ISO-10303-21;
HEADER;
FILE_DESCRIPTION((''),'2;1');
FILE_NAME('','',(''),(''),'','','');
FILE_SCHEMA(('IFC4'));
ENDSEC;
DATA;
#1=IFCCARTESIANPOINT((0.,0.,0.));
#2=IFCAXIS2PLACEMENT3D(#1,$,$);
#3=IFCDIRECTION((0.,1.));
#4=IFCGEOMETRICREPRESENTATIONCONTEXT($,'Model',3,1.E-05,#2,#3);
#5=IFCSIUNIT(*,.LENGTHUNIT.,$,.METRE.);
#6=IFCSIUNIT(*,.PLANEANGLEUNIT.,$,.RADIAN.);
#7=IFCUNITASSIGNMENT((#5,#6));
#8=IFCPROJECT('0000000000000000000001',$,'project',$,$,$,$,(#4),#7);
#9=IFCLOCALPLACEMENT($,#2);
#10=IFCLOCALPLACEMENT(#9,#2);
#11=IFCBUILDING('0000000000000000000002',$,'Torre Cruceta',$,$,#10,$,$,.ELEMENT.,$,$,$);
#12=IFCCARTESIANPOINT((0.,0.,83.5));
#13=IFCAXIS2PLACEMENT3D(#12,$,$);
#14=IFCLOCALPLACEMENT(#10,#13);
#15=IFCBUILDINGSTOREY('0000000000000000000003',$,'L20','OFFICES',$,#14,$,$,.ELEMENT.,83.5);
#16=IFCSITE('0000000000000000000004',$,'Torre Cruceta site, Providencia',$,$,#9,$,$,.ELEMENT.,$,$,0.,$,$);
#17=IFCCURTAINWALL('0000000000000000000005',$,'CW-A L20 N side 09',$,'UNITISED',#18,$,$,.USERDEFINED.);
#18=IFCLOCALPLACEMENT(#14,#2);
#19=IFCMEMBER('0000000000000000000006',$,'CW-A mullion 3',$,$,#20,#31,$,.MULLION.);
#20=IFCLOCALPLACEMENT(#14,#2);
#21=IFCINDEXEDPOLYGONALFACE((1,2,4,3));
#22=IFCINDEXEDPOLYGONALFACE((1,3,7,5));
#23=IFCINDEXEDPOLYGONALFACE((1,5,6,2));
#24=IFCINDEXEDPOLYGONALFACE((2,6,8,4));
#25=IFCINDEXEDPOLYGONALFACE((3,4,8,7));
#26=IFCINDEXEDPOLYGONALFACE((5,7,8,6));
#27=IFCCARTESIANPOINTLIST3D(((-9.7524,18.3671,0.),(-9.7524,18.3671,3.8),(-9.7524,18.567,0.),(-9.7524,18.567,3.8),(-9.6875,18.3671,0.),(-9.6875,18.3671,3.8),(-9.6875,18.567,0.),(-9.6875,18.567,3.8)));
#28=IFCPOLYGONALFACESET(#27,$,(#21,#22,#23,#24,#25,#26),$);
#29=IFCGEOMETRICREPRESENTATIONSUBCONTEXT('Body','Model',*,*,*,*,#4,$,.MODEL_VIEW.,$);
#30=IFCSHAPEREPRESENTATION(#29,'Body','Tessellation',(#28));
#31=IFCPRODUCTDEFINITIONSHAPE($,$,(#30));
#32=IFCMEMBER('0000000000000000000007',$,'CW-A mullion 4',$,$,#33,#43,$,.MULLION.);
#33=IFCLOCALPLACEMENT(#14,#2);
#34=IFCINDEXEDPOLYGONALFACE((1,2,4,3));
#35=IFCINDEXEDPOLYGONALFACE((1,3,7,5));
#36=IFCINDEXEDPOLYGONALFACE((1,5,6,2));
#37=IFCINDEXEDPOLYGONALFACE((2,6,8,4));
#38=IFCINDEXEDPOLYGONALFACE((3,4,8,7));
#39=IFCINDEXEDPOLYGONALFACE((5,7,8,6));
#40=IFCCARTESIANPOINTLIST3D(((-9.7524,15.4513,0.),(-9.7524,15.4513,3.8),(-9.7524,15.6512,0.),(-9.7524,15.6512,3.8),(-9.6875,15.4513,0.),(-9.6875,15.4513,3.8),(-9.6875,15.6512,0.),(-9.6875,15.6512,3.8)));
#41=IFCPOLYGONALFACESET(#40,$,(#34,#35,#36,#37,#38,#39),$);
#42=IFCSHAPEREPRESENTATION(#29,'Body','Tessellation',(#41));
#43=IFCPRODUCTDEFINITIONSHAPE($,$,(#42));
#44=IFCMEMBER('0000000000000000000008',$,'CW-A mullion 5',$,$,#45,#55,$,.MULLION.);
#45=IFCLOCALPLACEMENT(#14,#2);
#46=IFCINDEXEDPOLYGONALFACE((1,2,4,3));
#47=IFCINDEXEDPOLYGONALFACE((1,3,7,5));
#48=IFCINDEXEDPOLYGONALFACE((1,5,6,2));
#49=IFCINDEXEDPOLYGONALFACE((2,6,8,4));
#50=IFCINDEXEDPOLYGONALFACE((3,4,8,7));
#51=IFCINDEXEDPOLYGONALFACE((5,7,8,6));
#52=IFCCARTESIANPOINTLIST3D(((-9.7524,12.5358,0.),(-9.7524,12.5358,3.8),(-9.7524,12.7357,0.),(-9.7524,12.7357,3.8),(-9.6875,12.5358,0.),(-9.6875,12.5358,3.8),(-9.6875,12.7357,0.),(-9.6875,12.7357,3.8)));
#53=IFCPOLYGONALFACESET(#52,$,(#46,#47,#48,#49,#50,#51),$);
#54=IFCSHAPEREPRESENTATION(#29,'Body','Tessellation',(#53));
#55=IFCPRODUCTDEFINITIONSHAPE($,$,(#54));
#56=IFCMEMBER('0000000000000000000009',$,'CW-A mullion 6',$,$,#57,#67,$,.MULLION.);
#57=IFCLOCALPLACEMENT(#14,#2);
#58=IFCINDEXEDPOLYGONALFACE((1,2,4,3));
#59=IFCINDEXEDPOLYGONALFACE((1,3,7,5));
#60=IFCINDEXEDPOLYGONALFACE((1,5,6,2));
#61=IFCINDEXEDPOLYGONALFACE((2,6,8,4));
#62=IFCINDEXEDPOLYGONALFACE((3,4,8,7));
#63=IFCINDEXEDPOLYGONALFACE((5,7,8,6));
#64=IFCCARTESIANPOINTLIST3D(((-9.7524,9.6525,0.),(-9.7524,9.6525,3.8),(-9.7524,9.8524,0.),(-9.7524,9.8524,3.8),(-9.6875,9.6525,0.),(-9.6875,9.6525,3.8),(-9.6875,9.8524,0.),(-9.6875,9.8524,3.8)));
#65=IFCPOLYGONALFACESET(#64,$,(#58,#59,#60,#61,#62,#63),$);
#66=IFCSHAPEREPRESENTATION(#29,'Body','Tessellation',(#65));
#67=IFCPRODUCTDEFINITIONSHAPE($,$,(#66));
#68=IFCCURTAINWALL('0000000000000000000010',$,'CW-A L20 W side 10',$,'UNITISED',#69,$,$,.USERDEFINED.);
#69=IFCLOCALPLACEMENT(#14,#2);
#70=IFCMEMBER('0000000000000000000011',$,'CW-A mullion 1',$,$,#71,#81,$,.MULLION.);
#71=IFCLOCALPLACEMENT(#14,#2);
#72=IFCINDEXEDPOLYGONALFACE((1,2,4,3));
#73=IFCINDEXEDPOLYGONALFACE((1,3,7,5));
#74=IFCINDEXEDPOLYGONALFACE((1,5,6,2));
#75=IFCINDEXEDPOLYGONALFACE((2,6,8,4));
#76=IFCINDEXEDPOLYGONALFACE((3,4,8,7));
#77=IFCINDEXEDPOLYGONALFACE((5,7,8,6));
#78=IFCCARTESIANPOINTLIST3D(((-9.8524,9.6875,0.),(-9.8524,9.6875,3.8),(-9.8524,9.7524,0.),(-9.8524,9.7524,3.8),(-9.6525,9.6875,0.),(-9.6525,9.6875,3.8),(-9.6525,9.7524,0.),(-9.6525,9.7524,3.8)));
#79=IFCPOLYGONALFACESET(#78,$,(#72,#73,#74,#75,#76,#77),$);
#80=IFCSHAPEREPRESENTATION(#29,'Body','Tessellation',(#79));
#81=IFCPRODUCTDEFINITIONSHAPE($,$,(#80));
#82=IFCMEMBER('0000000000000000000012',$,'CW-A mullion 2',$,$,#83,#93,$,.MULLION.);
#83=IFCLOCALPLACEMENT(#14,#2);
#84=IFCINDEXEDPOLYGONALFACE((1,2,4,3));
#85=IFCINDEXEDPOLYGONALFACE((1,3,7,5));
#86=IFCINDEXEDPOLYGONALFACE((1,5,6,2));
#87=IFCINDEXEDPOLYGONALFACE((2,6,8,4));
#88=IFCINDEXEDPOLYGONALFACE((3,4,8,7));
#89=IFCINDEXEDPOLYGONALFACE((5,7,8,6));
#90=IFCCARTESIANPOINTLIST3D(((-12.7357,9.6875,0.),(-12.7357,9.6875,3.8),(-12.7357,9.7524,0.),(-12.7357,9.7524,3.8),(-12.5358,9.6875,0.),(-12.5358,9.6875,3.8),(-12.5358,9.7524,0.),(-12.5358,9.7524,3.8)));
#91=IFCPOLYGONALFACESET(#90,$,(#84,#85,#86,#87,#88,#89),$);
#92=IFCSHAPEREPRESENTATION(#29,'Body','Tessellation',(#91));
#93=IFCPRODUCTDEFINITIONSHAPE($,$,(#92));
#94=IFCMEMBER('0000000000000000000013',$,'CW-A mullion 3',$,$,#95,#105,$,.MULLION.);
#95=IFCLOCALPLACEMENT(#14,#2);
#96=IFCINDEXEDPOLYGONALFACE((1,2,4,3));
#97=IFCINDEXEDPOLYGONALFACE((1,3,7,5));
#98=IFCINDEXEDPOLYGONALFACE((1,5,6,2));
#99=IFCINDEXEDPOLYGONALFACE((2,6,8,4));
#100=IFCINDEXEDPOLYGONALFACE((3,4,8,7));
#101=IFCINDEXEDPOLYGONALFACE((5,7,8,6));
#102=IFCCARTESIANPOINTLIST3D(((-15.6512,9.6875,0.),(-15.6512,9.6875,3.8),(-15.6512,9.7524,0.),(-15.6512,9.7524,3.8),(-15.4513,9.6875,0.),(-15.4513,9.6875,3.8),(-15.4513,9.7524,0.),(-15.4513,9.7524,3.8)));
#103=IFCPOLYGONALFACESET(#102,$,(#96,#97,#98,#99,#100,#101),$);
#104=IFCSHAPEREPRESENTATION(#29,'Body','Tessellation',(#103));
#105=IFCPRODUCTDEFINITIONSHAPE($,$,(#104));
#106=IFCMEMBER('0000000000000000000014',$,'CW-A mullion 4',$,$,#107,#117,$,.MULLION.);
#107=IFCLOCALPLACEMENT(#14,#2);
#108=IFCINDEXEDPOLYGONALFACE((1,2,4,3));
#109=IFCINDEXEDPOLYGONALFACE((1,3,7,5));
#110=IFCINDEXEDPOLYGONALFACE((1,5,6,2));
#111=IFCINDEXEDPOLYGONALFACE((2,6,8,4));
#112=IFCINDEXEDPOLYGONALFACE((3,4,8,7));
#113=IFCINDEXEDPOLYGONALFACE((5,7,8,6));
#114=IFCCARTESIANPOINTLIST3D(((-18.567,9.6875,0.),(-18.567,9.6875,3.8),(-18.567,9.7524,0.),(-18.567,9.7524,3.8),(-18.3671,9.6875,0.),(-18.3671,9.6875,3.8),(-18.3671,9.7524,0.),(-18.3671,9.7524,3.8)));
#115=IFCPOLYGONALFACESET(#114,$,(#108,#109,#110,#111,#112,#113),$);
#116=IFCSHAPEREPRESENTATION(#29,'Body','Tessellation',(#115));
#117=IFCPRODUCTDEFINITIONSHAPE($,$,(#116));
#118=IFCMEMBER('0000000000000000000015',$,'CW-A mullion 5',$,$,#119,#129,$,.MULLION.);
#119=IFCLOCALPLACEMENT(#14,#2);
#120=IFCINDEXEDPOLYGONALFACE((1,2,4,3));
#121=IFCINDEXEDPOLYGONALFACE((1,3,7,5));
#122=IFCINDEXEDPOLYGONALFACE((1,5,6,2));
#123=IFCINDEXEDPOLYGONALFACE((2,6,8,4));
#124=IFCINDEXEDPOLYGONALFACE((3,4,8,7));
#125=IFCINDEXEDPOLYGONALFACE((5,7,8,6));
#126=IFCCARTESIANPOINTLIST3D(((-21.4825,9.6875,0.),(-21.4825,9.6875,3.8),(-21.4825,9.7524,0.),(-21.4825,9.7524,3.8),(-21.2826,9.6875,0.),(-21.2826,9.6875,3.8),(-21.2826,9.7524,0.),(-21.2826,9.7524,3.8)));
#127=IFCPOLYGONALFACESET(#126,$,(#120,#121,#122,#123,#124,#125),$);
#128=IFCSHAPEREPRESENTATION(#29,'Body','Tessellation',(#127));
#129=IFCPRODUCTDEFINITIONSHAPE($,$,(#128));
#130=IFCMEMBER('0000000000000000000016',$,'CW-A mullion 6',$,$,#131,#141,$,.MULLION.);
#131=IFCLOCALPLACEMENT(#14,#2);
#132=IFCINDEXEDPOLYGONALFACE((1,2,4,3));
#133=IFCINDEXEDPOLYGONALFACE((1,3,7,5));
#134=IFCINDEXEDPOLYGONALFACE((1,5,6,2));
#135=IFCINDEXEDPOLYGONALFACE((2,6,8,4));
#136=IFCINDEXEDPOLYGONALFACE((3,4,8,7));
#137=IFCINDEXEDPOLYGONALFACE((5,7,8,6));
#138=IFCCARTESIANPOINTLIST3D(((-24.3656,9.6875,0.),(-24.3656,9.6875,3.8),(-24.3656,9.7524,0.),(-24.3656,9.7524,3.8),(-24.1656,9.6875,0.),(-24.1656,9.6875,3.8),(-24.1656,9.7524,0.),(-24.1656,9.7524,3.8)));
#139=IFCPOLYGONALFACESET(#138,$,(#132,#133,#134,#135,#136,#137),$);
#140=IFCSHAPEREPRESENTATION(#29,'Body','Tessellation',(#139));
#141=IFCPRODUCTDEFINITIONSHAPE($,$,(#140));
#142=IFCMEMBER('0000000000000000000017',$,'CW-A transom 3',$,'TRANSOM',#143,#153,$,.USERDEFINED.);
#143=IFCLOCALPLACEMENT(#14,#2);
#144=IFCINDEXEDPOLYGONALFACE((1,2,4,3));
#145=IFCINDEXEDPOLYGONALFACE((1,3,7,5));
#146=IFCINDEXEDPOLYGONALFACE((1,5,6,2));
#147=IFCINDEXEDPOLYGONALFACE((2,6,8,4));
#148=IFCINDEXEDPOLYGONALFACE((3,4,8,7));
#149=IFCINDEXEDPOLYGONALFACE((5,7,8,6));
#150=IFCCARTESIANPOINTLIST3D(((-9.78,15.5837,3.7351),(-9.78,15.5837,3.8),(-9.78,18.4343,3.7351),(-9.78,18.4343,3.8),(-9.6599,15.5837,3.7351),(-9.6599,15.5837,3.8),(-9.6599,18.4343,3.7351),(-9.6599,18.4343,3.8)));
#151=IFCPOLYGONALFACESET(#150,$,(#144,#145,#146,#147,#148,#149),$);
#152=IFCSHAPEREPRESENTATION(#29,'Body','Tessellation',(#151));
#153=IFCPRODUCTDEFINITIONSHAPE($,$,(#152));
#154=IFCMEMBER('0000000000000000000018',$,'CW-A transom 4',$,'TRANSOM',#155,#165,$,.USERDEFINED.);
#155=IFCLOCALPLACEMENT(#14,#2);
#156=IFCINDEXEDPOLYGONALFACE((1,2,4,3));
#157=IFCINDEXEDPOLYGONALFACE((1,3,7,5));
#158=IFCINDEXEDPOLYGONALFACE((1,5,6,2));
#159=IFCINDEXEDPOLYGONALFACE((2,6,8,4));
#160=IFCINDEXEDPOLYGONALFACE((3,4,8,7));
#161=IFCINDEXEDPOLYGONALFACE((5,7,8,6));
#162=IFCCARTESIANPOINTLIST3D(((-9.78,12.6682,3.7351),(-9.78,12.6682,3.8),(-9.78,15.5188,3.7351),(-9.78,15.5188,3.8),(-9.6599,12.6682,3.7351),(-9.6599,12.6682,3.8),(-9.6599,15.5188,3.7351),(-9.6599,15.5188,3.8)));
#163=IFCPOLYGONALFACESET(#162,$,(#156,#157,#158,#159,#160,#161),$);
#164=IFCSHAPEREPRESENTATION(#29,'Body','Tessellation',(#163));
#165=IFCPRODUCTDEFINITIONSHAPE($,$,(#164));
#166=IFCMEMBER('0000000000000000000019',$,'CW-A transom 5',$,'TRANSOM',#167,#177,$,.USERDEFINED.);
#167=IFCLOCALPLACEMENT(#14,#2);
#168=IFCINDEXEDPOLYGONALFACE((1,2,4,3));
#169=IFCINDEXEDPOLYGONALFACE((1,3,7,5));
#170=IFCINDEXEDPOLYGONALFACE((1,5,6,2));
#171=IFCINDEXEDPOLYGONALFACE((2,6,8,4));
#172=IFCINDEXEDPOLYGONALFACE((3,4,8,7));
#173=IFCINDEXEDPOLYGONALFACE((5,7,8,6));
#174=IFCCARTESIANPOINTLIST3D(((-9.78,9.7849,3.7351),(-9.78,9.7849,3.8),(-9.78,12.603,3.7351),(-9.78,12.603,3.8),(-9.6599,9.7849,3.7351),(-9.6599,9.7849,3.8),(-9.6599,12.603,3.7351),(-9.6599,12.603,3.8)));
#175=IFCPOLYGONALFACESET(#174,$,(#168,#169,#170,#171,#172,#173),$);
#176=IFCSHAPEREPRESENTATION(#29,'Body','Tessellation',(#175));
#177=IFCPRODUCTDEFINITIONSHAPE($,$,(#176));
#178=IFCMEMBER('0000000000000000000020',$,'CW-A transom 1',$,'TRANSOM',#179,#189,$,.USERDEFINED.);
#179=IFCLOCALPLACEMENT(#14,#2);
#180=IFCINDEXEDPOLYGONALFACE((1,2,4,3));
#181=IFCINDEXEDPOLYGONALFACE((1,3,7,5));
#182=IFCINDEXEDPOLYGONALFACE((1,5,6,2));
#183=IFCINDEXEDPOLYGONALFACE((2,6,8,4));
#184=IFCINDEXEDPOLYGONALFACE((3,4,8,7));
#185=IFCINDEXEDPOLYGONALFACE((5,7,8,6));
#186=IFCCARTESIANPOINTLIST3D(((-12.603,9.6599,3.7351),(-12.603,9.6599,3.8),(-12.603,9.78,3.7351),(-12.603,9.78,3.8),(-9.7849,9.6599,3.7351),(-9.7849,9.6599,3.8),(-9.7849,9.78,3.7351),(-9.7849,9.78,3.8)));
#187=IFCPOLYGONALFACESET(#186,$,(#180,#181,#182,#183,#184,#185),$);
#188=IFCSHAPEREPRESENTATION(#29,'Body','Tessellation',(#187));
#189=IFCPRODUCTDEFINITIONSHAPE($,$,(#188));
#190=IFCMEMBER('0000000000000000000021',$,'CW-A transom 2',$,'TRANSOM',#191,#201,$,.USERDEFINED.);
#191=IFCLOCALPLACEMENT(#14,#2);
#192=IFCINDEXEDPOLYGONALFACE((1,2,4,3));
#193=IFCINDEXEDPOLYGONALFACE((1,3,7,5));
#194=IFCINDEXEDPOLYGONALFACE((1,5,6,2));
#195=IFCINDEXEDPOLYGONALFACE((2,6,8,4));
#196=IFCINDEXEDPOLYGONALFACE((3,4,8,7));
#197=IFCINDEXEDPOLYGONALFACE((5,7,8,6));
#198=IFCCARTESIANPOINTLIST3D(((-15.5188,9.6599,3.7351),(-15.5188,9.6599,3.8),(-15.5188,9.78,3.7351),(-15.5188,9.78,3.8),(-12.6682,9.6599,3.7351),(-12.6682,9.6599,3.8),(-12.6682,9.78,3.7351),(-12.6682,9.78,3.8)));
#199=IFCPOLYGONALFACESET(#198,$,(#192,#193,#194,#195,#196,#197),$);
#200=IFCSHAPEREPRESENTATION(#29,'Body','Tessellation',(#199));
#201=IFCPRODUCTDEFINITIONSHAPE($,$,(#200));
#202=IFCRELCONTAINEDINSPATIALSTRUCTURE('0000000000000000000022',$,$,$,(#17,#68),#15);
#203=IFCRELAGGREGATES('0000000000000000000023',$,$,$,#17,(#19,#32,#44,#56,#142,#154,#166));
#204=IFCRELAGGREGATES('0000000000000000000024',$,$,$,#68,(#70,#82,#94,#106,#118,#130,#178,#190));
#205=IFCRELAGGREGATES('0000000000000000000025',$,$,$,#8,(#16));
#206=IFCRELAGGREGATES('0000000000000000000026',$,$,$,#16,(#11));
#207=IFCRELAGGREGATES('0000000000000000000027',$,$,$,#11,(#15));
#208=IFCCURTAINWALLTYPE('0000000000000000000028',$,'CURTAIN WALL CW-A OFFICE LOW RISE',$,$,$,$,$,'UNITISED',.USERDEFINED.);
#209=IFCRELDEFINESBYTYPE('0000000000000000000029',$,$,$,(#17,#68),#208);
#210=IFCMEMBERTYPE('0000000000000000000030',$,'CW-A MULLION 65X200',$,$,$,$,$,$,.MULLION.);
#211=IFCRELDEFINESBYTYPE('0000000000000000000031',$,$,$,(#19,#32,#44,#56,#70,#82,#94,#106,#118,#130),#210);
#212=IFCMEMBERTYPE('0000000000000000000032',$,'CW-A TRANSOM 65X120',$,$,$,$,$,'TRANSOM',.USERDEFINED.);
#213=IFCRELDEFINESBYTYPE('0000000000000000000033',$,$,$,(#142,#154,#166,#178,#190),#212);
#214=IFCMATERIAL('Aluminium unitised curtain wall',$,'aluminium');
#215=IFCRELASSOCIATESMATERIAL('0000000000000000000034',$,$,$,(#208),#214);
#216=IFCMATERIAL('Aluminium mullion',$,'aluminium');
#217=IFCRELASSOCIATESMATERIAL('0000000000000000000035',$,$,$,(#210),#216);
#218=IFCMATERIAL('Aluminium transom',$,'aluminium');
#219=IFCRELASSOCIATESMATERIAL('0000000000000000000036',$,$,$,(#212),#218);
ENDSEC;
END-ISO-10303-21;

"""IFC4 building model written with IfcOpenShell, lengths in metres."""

from ifc_helpers import new_model, si_unit, direction, frame, origin, origin_2d, place, context, subcontext, project, spatial, rectangle, extrude, material, material_profile, profile_set, type_object, element, aggregate, save


model = new_model("IFC4")

# Units and contexts
model_context = context("Model", 3, precision=1e-05, world=origin(), true_north=direction((0.0, 1.0)))
body_context = subcontext(model_context, "Body", "Model", "MODEL_VIEW")
ifc_project = project(units=[si_unit("LENGTHUNIT", "METRE"), si_unit("PLANEANGLEUNIT", "RADIAN")], contexts=[model_context])

# Site, building, storey
site_placement = place(None, origin())
site = spatial("IfcSite", under=ifc_project, at=site_placement, Name="Torre Cruceta site, Providencia", CompositionType="ELEMENT", RefElevation=0.0)
building_placement = place(site_placement, origin())
building = spatial("IfcBuilding", under=site, at=building_placement, Name="Torre Cruceta", CompositionType="ELEMENT")
storey_placement = place(building_placement, frame((0.0, 0.0, 83.5)))
storey = spatial("IfcBuildingStorey", under=building, at=storey_placement, Name="L20", Description="OFFICES", CompositionType="ELEMENT", Elevation=83.5)

# Curtain walls, members
ifc_material_1 = material(Name="Aluminium unitised curtain wall", Category="aluminium")
curtain_wall_type = type_object("IfcCurtainWallType", Name="CURTAIN WALL CW-A OFFICE LOW RISE", ElementType="UNITISED", PredefinedType="USERDEFINED", material=ifc_material_1)
curtain_wall_1_placement = place(storey_placement, origin())
curtain_wall_1 = element("IfcCurtainWall", 1, at=curtain_wall_1_placement, inside=storey, type_object=curtain_wall_type, Name="CW-A L20 N side 09", ObjectType="UNITISED", PredefinedType="USERDEFINED")
ifc_material_2 = material(Name="Aluminium mullion", Category="aluminium")
ifc_material_profile_1 = material_profile(ifc_material_2, rectangle(XDim=0.0649, YDim=0.2, at=origin_2d()), Name="AL 65X200")
ifc_profile_set_1 = profile_set([ifc_material_profile_1], Name="Aluminium mullion")
member_type_1 = type_object("IfcMemberType", Name="CW-A MULLION 65X200", PredefinedType="MULLION", material=ifc_profile_set_1)
member_1_placement = place(storey_placement, frame((-9.72, 18.467, 0.0), z_axis=(0.0, 0.0, 1.0), x_axis=(1.0, 0.0, 0.0)))
member_1 = element("IfcMember", 2, at=member_1_placement, type_object=member_type_1, Name="CW-A mullion 3", PredefinedType="MULLION", context=body_context, shape_type="SweptSolid", body=[
    extrude(rectangle(XDim=0.0649, YDim=0.2, at=origin_2d()), origin(), (0.0, 0.0, 1.0), 3.8),
])
member_2_placement = place(storey_placement, frame((-9.72, 15.5513, 0.0), z_axis=(0.0, 0.0, 1.0), x_axis=(1.0, 0.0, 0.0)))
member_2 = element("IfcMember", 3, at=member_2_placement, type_object=member_type_1, Name="CW-A mullion 4", PredefinedType="MULLION", context=body_context, shape_type="SweptSolid", body=[
    extrude(rectangle(XDim=0.0649, YDim=0.2, at=origin_2d()), origin(), (0.0, 0.0, 1.0), 3.8),
])
member_3_placement = place(storey_placement, frame((-9.72, 12.6357, 0.0), z_axis=(0.0, 0.0, 1.0), x_axis=(1.0, 0.0, 0.0)))
member_3 = element("IfcMember", 4, at=member_3_placement, type_object=member_type_1, Name="CW-A mullion 5", PredefinedType="MULLION", context=body_context, shape_type="SweptSolid", body=[
    extrude(rectangle(XDim=0.0649, YDim=0.2, at=origin_2d()), origin(), (0.0, 0.0, 1.0), 3.8),
])
member_4_placement = place(storey_placement, frame((-9.72, 9.7524, 0.0), z_axis=(0.0, 0.0, 1.0), x_axis=(1.0, 0.0, 0.0)))
member_4 = element("IfcMember", 5, at=member_4_placement, type_object=member_type_1, Name="CW-A mullion 6", PredefinedType="MULLION", context=body_context, shape_type="SweptSolid", body=[
    extrude(rectangle(XDim=0.0649, YDim=0.2, at=origin_2d()), origin(), (0.0, 0.0, 1.0), 3.8),
])
curtain_wall_2_placement = place(storey_placement, origin())
curtain_wall_2 = element("IfcCurtainWall", 6, at=curtain_wall_2_placement, inside=storey, type_object=curtain_wall_type, Name="CW-A L20 W side 10", ObjectType="UNITISED", PredefinedType="USERDEFINED")
member_5_placement = place(storey_placement, frame((-9.7524, 9.72, 0.0), z_axis=(0.0, 0.0, 1.0), x_axis=(0.0, -1.0, 0.0)))
member_5 = element("IfcMember", 7, at=member_5_placement, type_object=member_type_1, Name="CW-A mullion 1", PredefinedType="MULLION", context=body_context, shape_type="SweptSolid", body=[
    extrude(rectangle(XDim=0.0649, YDim=0.2, at=origin_2d()), origin(), (0.0, 0.0, 1.0), 3.8),
])
member_6_placement = place(storey_placement, frame((-12.6357, 9.72, 0.0), z_axis=(0.0, 0.0, 1.0), x_axis=(0.0, -1.0, 0.0)))
member_6 = element("IfcMember", 8, at=member_6_placement, type_object=member_type_1, Name="CW-A mullion 2", PredefinedType="MULLION", context=body_context, shape_type="SweptSolid", body=[
    extrude(rectangle(XDim=0.0649, YDim=0.2, at=origin_2d()), origin(), (0.0, 0.0, 1.0), 3.8),
])
member_7_placement = place(storey_placement, frame((-15.5513, 9.72, 0.0), z_axis=(0.0, 0.0, 1.0), x_axis=(0.0, -1.0, 0.0)))
member_7 = element("IfcMember", 9, at=member_7_placement, type_object=member_type_1, Name="CW-A mullion 3", PredefinedType="MULLION", context=body_context, shape_type="SweptSolid", body=[
    extrude(rectangle(XDim=0.0649, YDim=0.2, at=origin_2d()), origin(), (0.0, 0.0, 1.0), 3.8),
])
member_8_placement = place(storey_placement, frame((-18.467, 9.72, 0.0), z_axis=(0.0, 0.0, 1.0), x_axis=(0.0, -1.0, 0.0)))
member_8 = element("IfcMember", 10, at=member_8_placement, type_object=member_type_1, Name="CW-A mullion 4", PredefinedType="MULLION", context=body_context, shape_type="SweptSolid", body=[
    extrude(rectangle(XDim=0.0649, YDim=0.2, at=origin_2d()), origin(), (0.0, 0.0, 1.0), 3.8),
])
member_9_placement = place(storey_placement, frame((-21.3826, 9.72, 0.0), z_axis=(0.0, 0.0, 1.0), x_axis=(0.0, -1.0, 0.0)))
member_9 = element("IfcMember", 11, at=member_9_placement, type_object=member_type_1, Name="CW-A mullion 5", PredefinedType="MULLION", context=body_context, shape_type="SweptSolid", body=[
    extrude(rectangle(XDim=0.0649, YDim=0.2, at=origin_2d()), origin(), (0.0, 0.0, 1.0), 3.8),
])
member_10_placement = place(storey_placement, frame((-24.2656, 9.72, 0.0), z_axis=(0.0, 0.0, 1.0), x_axis=(0.0, -1.0, 0.0)))
member_10 = element("IfcMember", 12, at=member_10_placement, type_object=member_type_1, Name="CW-A mullion 6", PredefinedType="MULLION", context=body_context, shape_type="SweptSolid", body=[
    extrude(rectangle(XDim=0.0649, YDim=0.2, at=origin_2d()), origin(), (0.0, 0.0, 1.0), 3.8),
])

# Members
ifc_material_3 = material(Name="Aluminium transom", Category="aluminium")
ifc_material_profile_2 = material_profile(ifc_material_3, rectangle(XDim=0.1201, YDim=0.0649, at=origin_2d()), Name="AL 120X65")
ifc_profile_set_2 = profile_set([ifc_material_profile_2], Name="Aluminium transom")
member_type_2 = type_object("IfcMemberType", Name="CW-A TRANSOM 65X120", ElementType="TRANSOM", PredefinedType="USERDEFINED", material=ifc_profile_set_2)
member_11_placement = place(storey_placement, frame((-9.72, 18.4343, 3.7676), z_axis=(0.0, -1.0, 0.0), x_axis=(1.0, 0.0, 0.0)))
member_11 = element("IfcMember", 13, at=member_11_placement, type_object=member_type_2, Name="CW-A transom 3", ObjectType="TRANSOM", PredefinedType="USERDEFINED", context=body_context, shape_type="SweptSolid", body=[
    extrude(rectangle(XDim=0.1201, YDim=0.0649, at=origin_2d()), origin(), (0.0, 0.0, 1.0), 2.8506),
])
member_12_placement = place(storey_placement, frame((-9.72, 15.5188, 3.7676), z_axis=(0.0, -1.0, 0.0), x_axis=(1.0, 0.0, 0.0)))
member_12 = element("IfcMember", 14, at=member_12_placement, type_object=member_type_2, Name="CW-A transom 4", ObjectType="TRANSOM", PredefinedType="USERDEFINED", context=body_context, shape_type="SweptSolid", body=[
    extrude(rectangle(XDim=0.1201, YDim=0.0649, at=origin_2d()), origin(), (0.0, 0.0, 1.0), 2.8506),
])
member_13_placement = place(storey_placement, frame((-9.72, 12.603, 3.7676), z_axis=(0.0, -1.0, 0.0), x_axis=(1.0, 0.0, 0.0)))
member_13 = element("IfcMember", 15, at=member_13_placement, type_object=member_type_2, Name="CW-A transom 5", ObjectType="TRANSOM", PredefinedType="USERDEFINED", context=body_context, shape_type="SweptSolid", body=[
    extrude(rectangle(XDim=0.1201, YDim=0.0649, at=origin_2d()), origin(), (0.0, 0.0, 1.0), 2.8181),
])
member_14_placement = place(storey_placement, frame((-9.7849, 9.72, 3.7676), z_axis=(-1.0, 0.0, 0.0), x_axis=(0.0, -1.0, 0.0)))
member_14 = element("IfcMember", 16, at=member_14_placement, type_object=member_type_2, Name="CW-A transom 1", ObjectType="TRANSOM", PredefinedType="USERDEFINED", context=body_context, shape_type="SweptSolid", body=[
    extrude(rectangle(XDim=0.1201, YDim=0.0649, at=origin_2d()), origin(), (0.0, 0.0, 1.0), 2.8181),
])
member_15_placement = place(storey_placement, frame((-12.6682, 9.72, 3.7676), z_axis=(-1.0, 0.0, 0.0), x_axis=(0.0, -1.0, 0.0)))
member_15 = element("IfcMember", 17, at=member_15_placement, type_object=member_type_2, Name="CW-A transom 2", ObjectType="TRANSOM", PredefinedType="USERDEFINED", context=body_context, shape_type="SweptSolid", body=[
    extrude(rectangle(XDim=0.1201, YDim=0.0649, at=origin_2d()), origin(), (0.0, 0.0, 1.0), 2.8506),
])

aggregate(curtain_wall_1, [member_1, member_2, member_3, member_4, member_11, member_12, member_13])
aggregate(curtain_wall_2, [member_5, member_6, member_7, member_8, member_9, member_10, member_14, member_15])

save(model, "model.ifc")
